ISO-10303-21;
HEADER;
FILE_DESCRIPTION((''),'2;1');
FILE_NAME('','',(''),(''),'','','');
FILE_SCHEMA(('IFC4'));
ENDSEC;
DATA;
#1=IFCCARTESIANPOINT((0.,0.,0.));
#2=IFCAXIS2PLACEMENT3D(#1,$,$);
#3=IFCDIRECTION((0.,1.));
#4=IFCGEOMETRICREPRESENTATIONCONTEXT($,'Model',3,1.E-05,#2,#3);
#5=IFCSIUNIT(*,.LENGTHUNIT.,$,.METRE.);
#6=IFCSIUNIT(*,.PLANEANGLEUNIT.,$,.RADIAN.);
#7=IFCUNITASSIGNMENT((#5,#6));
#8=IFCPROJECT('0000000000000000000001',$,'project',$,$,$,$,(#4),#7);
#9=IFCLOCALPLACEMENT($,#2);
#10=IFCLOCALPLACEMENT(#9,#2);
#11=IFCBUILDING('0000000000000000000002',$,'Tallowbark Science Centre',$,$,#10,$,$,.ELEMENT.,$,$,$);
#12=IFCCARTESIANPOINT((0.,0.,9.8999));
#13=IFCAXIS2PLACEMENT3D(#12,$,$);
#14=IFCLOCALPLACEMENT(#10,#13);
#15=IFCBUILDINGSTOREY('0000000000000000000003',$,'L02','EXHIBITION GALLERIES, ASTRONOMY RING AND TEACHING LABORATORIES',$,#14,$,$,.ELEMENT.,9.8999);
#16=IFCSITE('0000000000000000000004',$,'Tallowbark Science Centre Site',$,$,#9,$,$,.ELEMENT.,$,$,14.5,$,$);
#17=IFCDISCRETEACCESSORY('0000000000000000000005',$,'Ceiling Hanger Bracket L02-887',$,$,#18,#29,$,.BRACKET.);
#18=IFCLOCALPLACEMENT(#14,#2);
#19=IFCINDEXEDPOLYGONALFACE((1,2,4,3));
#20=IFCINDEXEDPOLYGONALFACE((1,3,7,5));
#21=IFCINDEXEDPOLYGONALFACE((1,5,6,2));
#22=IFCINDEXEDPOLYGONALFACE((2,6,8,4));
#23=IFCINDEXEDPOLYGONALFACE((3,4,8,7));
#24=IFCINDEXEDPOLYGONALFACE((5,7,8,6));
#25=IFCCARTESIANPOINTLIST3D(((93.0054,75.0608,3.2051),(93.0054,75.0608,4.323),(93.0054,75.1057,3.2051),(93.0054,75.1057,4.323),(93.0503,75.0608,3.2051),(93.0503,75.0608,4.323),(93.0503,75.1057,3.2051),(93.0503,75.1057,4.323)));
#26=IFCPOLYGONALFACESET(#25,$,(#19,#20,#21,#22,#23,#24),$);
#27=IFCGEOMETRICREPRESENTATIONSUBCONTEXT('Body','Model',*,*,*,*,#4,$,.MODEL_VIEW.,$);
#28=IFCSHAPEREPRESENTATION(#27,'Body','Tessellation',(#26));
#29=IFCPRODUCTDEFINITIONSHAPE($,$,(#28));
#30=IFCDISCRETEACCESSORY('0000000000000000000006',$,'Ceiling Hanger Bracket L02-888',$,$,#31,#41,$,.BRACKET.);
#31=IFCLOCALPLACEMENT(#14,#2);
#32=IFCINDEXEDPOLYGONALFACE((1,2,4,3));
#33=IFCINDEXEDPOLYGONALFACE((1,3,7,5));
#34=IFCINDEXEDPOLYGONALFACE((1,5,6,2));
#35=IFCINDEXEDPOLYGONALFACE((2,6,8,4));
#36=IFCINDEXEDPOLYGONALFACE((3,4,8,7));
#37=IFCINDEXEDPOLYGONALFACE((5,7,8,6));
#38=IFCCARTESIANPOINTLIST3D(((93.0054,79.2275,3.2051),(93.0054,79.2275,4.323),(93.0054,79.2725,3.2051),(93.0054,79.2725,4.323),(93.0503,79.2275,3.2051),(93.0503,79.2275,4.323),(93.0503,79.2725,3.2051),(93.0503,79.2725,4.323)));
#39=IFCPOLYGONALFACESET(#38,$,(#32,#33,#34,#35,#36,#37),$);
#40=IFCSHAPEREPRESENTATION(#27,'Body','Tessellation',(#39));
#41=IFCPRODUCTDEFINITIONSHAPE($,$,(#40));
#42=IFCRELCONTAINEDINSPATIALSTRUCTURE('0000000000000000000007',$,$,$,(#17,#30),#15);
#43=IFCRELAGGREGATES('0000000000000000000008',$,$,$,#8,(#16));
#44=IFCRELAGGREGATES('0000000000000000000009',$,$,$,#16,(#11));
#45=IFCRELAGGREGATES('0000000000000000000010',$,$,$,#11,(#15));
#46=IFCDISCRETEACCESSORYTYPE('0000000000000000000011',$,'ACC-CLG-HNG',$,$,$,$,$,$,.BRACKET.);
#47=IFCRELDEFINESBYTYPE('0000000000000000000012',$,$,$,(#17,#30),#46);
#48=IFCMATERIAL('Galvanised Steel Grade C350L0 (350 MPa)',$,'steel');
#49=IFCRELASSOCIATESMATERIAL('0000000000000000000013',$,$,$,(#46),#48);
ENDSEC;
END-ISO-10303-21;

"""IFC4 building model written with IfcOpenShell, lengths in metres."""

from ifc_helpers import new_model, si_unit, direction, frame, origin, origin_2d, place, context, subcontext, project, spatial, rectangle, extrude, material, type_object, element, save


model = new_model("IFC4")

# Units and contexts
model_context = context("Model", 3, precision=1e-05, world=origin(), true_north=direction((0.0, 1.0)))
body_context = subcontext(model_context, "Body", "Model", "MODEL_VIEW")
ifc_project = project(units=[si_unit("LENGTHUNIT", "METRE"), si_unit("PLANEANGLEUNIT", "RADIAN")], contexts=[model_context])

# Site, building, storey
site_placement = place(None, origin())
site = spatial("IfcSite", under=ifc_project, at=site_placement, Name="Tallowbark Science Centre Site", CompositionType="ELEMENT", RefElevation=14.5)
building_placement = place(site_placement, origin())
building = spatial("IfcBuilding", under=site, at=building_placement, Name="Tallowbark Science Centre", CompositionType="ELEMENT")
storey_placement = place(building_placement, frame((0.0, 0.0, 9.8999)))
storey = spatial("IfcBuildingStorey", under=building, at=storey_placement, Name="L02", Description="EXHIBITION GALLERIES, ASTRONOMY RING AND TEACHING LABORATORIES", CompositionType="ELEMENT", Elevation=9.8999)

# Discrete accessories
ifc_material_1 = material(Name="Galvanised Steel Grade C350L0 (350 MPa)", Category="steel")
discrete_accessory_type = type_object("IfcDiscreteAccessoryType", Name="ACC-CLG-HNG", PredefinedType="BRACKET", material=ifc_material_1)
for number, where, z_axis, x_axis, name in (
    (1, (93.0278, 75.0833, 3.2051), (0.0, 0.0, 1.0), (1.0, 0.0, 0.0), "Ceiling Hanger Bracket L02-887"),
    (2, (93.0278, 79.25, 3.2051), (0.0, 0.0, 1.0), (1.0, 0.0, 0.0), "Ceiling Hanger Bracket L02-888"),
):
    element("IfcDiscreteAccessory", number, at=place(storey_placement, frame(where, z_axis=z_axis, x_axis=x_axis)), inside=storey, type_object=discrete_accessory_type, Name=name, PredefinedType="BRACKET", context=body_context, shape_type="SweptSolid", body=[
        extrude(rectangle(XDim=0.0449, YDim=0.0449, at=origin_2d()), origin(), (0.0, 0.0, 1.0), 1.1179),
    ])

save(model, "model.ifc")
